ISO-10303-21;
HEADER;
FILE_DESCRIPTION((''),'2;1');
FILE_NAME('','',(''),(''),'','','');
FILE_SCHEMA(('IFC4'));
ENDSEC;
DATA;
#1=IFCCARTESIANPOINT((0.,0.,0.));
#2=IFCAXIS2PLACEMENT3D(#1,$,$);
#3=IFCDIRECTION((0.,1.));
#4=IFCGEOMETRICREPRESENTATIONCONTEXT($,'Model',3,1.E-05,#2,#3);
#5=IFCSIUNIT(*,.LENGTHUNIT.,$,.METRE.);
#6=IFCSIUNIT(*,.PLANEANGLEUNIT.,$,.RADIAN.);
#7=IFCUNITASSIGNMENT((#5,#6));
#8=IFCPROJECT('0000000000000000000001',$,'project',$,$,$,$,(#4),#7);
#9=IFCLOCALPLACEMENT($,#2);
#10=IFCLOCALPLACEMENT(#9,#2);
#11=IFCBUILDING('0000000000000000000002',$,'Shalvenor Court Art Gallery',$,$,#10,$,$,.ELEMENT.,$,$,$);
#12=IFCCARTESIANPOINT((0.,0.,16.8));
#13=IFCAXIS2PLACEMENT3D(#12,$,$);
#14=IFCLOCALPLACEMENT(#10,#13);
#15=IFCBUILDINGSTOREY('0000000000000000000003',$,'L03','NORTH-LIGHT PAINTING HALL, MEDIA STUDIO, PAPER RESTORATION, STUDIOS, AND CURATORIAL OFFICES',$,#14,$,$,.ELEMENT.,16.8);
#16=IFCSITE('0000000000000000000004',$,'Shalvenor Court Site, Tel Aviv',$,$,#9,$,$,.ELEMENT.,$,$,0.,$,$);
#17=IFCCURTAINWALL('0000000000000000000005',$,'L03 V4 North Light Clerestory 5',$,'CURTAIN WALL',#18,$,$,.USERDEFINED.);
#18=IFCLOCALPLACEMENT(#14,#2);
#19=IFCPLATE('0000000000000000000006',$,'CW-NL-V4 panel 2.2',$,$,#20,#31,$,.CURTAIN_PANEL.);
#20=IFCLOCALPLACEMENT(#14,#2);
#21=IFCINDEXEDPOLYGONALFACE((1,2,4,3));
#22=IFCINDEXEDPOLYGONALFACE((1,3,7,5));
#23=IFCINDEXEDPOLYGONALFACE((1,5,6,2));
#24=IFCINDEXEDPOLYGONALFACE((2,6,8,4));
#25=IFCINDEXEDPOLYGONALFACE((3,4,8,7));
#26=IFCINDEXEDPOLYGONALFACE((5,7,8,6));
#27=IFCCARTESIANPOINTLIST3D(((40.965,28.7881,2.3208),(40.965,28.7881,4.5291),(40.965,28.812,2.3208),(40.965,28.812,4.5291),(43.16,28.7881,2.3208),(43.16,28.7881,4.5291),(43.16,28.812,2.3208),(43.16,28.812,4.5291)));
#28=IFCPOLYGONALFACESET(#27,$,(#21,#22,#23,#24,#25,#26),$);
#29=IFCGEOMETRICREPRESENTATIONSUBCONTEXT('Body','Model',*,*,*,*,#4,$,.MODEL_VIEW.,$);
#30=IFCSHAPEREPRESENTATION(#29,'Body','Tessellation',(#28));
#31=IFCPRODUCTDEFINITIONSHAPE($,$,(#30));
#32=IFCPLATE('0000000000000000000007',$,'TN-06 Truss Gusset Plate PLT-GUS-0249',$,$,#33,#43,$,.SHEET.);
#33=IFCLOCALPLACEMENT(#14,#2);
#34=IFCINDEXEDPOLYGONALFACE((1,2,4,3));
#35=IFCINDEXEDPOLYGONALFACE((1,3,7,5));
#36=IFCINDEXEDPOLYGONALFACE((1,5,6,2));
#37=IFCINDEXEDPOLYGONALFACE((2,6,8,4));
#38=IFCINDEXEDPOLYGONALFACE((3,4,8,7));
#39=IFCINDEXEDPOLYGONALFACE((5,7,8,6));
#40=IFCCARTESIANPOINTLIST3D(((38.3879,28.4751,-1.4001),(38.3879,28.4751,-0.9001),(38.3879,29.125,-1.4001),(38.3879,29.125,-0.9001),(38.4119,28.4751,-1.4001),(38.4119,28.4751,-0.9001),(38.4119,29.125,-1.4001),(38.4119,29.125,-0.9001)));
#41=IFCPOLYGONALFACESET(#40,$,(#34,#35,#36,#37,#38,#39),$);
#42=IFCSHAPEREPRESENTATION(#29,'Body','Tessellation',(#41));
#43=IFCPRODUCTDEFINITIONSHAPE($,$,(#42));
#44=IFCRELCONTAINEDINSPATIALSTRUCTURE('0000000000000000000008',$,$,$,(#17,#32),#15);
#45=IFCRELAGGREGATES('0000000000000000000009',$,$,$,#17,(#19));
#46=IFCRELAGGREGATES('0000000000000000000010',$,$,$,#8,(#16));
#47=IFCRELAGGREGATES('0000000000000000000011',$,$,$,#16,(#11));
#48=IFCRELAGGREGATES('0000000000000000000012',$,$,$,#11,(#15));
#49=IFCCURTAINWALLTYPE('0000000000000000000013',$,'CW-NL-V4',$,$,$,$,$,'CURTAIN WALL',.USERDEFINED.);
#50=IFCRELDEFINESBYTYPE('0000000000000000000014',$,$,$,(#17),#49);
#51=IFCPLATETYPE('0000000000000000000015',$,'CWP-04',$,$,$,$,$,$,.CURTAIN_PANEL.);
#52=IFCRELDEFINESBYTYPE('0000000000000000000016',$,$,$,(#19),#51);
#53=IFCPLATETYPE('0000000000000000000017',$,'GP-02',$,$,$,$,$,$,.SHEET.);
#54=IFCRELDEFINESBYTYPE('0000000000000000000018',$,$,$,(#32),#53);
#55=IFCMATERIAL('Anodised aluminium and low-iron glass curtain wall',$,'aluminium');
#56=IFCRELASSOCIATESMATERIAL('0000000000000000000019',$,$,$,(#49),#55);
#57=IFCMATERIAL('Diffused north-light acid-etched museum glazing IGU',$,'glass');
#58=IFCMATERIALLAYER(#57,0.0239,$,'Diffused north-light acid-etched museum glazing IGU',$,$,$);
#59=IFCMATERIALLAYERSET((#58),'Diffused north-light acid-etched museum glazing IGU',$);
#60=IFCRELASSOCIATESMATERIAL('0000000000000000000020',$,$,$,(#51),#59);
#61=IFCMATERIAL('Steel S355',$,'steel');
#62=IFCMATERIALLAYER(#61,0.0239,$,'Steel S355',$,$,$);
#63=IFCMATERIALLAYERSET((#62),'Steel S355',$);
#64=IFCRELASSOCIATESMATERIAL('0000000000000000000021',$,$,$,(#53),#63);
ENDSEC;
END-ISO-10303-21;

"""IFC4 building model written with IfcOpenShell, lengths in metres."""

from ifc_helpers import new_model, si_unit, direction, frame, origin, origin_2d, place, context, subcontext, project, spatial, rectangle, extrude, material, layer, layer_set, type_object, element, aggregate, save


model = new_model("IFC4")

# Units and contexts
model_context = context("Model", 3, precision=1e-05, world=origin(), true_north=direction((0.0, 1.0)))
body_context = subcontext(model_context, "Body", "Model", "MODEL_VIEW")
ifc_project = project(units=[si_unit("LENGTHUNIT", "METRE"), si_unit("PLANEANGLEUNIT", "RADIAN")], contexts=[model_context])

# Site, building, storey
site_placement = place(None, origin())
site = spatial("IfcSite", under=ifc_project, at=site_placement, Name="Shalvenor Court Site, Tel Aviv", CompositionType="ELEMENT", RefElevation=0.0)
building_placement = place(site_placement, origin())
building = spatial("IfcBuilding", under=site, at=building_placement, Name="Shalvenor Court Art Gallery", CompositionType="ELEMENT")
storey_placement = place(building_placement, frame((0.0, 0.0, 16.8)))
storey = spatial("IfcBuildingStorey", under=building, at=storey_placement, Name="L03", Description="NORTH-LIGHT PAINTING HALL, MEDIA STUDIO, PAPER RESTORATION, STUDIOS, AND CURATORIAL OFFICES", CompositionType="ELEMENT", Elevation=16.8)

# Curtain wall
ifc_material_1 = material(Name="Anodised aluminium and low-iron glass curtain wall", Category="aluminium")
curtain_wall_type = type_object("IfcCurtainWallType", Name="CW-NL-V4", ElementType="CURTAIN WALL", PredefinedType="USERDEFINED", material=ifc_material_1)
curtain_wall_1_placement = place(storey_placement, origin())
curtain_wall_1 = element("IfcCurtainWall", 1, at=curtain_wall_1_placement, inside=storey, type_object=curtain_wall_type, Name="L03 V4 North Light Clerestory 5", ObjectType="CURTAIN WALL", PredefinedType="USERDEFINED")

# Plates
ifc_material_2 = material(Name="Diffused north-light acid-etched museum glazing IGU", Category="glass")
ifc_layer_1 = layer(ifc_material_2, 0.0239, Name="Diffused north-light acid-etched museum glazing IGU")
ifc_layer_set_1 = layer_set([ifc_layer_1], Name="Diffused north-light acid-etched museum glazing IGU")
plate_type_1 = type_object("IfcPlateType", Name="CWP-04", PredefinedType="CURTAIN_PANEL", material=ifc_layer_set_1)
plate_1_placement = place(storey_placement, frame((42.0625, 28.8, 2.3208), z_axis=(0.0, 0.0, 1.0), x_axis=(1.0, 0.0, 0.0)))
plate_1 = element("IfcPlate", 2, at=plate_1_placement, type_object=plate_type_1, Name="CW-NL-V4 panel 2.2", PredefinedType="CURTAIN_PANEL", context=body_context, shape_type="SweptSolid", body=[
    extrude(rectangle(XDim=2.1951, YDim=0.0239, at=origin_2d()), origin(), (0.0, 0.0, 1.0), 2.2083),
])
aggregate(curtain_wall_1, [plate_1])
ifc_material_3 = material(Name="Steel S355", Category="steel")
ifc_layer_2 = layer(ifc_material_3, 0.0239, Name="Steel S355")
ifc_layer_set_2 = layer_set([ifc_layer_2], Name="Steel S355")
plate_type_2 = type_object("IfcPlateType", Name="GP-02", PredefinedType="SHEET", material=ifc_layer_set_2)
plate_2_placement = place(storey_placement, frame((38.3999, 28.8, -1.4001), z_axis=(0.0, 0.0, 1.0), x_axis=(0.0, 1.0, 0.0)))
element("IfcPlate", 3, at=plate_2_placement, inside=storey, type_object=plate_type_2, Name="TN-06 Truss Gusset Plate PLT-GUS-0249", PredefinedType="SHEET", context=body_context, shape_type="SweptSolid", body=[
    extrude(rectangle(XDim=0.6499, YDim=0.0239, at=origin_2d()), origin(), (0.0, 0.0, 1.0), 0.5),
])

save(model, "model.ifc")
